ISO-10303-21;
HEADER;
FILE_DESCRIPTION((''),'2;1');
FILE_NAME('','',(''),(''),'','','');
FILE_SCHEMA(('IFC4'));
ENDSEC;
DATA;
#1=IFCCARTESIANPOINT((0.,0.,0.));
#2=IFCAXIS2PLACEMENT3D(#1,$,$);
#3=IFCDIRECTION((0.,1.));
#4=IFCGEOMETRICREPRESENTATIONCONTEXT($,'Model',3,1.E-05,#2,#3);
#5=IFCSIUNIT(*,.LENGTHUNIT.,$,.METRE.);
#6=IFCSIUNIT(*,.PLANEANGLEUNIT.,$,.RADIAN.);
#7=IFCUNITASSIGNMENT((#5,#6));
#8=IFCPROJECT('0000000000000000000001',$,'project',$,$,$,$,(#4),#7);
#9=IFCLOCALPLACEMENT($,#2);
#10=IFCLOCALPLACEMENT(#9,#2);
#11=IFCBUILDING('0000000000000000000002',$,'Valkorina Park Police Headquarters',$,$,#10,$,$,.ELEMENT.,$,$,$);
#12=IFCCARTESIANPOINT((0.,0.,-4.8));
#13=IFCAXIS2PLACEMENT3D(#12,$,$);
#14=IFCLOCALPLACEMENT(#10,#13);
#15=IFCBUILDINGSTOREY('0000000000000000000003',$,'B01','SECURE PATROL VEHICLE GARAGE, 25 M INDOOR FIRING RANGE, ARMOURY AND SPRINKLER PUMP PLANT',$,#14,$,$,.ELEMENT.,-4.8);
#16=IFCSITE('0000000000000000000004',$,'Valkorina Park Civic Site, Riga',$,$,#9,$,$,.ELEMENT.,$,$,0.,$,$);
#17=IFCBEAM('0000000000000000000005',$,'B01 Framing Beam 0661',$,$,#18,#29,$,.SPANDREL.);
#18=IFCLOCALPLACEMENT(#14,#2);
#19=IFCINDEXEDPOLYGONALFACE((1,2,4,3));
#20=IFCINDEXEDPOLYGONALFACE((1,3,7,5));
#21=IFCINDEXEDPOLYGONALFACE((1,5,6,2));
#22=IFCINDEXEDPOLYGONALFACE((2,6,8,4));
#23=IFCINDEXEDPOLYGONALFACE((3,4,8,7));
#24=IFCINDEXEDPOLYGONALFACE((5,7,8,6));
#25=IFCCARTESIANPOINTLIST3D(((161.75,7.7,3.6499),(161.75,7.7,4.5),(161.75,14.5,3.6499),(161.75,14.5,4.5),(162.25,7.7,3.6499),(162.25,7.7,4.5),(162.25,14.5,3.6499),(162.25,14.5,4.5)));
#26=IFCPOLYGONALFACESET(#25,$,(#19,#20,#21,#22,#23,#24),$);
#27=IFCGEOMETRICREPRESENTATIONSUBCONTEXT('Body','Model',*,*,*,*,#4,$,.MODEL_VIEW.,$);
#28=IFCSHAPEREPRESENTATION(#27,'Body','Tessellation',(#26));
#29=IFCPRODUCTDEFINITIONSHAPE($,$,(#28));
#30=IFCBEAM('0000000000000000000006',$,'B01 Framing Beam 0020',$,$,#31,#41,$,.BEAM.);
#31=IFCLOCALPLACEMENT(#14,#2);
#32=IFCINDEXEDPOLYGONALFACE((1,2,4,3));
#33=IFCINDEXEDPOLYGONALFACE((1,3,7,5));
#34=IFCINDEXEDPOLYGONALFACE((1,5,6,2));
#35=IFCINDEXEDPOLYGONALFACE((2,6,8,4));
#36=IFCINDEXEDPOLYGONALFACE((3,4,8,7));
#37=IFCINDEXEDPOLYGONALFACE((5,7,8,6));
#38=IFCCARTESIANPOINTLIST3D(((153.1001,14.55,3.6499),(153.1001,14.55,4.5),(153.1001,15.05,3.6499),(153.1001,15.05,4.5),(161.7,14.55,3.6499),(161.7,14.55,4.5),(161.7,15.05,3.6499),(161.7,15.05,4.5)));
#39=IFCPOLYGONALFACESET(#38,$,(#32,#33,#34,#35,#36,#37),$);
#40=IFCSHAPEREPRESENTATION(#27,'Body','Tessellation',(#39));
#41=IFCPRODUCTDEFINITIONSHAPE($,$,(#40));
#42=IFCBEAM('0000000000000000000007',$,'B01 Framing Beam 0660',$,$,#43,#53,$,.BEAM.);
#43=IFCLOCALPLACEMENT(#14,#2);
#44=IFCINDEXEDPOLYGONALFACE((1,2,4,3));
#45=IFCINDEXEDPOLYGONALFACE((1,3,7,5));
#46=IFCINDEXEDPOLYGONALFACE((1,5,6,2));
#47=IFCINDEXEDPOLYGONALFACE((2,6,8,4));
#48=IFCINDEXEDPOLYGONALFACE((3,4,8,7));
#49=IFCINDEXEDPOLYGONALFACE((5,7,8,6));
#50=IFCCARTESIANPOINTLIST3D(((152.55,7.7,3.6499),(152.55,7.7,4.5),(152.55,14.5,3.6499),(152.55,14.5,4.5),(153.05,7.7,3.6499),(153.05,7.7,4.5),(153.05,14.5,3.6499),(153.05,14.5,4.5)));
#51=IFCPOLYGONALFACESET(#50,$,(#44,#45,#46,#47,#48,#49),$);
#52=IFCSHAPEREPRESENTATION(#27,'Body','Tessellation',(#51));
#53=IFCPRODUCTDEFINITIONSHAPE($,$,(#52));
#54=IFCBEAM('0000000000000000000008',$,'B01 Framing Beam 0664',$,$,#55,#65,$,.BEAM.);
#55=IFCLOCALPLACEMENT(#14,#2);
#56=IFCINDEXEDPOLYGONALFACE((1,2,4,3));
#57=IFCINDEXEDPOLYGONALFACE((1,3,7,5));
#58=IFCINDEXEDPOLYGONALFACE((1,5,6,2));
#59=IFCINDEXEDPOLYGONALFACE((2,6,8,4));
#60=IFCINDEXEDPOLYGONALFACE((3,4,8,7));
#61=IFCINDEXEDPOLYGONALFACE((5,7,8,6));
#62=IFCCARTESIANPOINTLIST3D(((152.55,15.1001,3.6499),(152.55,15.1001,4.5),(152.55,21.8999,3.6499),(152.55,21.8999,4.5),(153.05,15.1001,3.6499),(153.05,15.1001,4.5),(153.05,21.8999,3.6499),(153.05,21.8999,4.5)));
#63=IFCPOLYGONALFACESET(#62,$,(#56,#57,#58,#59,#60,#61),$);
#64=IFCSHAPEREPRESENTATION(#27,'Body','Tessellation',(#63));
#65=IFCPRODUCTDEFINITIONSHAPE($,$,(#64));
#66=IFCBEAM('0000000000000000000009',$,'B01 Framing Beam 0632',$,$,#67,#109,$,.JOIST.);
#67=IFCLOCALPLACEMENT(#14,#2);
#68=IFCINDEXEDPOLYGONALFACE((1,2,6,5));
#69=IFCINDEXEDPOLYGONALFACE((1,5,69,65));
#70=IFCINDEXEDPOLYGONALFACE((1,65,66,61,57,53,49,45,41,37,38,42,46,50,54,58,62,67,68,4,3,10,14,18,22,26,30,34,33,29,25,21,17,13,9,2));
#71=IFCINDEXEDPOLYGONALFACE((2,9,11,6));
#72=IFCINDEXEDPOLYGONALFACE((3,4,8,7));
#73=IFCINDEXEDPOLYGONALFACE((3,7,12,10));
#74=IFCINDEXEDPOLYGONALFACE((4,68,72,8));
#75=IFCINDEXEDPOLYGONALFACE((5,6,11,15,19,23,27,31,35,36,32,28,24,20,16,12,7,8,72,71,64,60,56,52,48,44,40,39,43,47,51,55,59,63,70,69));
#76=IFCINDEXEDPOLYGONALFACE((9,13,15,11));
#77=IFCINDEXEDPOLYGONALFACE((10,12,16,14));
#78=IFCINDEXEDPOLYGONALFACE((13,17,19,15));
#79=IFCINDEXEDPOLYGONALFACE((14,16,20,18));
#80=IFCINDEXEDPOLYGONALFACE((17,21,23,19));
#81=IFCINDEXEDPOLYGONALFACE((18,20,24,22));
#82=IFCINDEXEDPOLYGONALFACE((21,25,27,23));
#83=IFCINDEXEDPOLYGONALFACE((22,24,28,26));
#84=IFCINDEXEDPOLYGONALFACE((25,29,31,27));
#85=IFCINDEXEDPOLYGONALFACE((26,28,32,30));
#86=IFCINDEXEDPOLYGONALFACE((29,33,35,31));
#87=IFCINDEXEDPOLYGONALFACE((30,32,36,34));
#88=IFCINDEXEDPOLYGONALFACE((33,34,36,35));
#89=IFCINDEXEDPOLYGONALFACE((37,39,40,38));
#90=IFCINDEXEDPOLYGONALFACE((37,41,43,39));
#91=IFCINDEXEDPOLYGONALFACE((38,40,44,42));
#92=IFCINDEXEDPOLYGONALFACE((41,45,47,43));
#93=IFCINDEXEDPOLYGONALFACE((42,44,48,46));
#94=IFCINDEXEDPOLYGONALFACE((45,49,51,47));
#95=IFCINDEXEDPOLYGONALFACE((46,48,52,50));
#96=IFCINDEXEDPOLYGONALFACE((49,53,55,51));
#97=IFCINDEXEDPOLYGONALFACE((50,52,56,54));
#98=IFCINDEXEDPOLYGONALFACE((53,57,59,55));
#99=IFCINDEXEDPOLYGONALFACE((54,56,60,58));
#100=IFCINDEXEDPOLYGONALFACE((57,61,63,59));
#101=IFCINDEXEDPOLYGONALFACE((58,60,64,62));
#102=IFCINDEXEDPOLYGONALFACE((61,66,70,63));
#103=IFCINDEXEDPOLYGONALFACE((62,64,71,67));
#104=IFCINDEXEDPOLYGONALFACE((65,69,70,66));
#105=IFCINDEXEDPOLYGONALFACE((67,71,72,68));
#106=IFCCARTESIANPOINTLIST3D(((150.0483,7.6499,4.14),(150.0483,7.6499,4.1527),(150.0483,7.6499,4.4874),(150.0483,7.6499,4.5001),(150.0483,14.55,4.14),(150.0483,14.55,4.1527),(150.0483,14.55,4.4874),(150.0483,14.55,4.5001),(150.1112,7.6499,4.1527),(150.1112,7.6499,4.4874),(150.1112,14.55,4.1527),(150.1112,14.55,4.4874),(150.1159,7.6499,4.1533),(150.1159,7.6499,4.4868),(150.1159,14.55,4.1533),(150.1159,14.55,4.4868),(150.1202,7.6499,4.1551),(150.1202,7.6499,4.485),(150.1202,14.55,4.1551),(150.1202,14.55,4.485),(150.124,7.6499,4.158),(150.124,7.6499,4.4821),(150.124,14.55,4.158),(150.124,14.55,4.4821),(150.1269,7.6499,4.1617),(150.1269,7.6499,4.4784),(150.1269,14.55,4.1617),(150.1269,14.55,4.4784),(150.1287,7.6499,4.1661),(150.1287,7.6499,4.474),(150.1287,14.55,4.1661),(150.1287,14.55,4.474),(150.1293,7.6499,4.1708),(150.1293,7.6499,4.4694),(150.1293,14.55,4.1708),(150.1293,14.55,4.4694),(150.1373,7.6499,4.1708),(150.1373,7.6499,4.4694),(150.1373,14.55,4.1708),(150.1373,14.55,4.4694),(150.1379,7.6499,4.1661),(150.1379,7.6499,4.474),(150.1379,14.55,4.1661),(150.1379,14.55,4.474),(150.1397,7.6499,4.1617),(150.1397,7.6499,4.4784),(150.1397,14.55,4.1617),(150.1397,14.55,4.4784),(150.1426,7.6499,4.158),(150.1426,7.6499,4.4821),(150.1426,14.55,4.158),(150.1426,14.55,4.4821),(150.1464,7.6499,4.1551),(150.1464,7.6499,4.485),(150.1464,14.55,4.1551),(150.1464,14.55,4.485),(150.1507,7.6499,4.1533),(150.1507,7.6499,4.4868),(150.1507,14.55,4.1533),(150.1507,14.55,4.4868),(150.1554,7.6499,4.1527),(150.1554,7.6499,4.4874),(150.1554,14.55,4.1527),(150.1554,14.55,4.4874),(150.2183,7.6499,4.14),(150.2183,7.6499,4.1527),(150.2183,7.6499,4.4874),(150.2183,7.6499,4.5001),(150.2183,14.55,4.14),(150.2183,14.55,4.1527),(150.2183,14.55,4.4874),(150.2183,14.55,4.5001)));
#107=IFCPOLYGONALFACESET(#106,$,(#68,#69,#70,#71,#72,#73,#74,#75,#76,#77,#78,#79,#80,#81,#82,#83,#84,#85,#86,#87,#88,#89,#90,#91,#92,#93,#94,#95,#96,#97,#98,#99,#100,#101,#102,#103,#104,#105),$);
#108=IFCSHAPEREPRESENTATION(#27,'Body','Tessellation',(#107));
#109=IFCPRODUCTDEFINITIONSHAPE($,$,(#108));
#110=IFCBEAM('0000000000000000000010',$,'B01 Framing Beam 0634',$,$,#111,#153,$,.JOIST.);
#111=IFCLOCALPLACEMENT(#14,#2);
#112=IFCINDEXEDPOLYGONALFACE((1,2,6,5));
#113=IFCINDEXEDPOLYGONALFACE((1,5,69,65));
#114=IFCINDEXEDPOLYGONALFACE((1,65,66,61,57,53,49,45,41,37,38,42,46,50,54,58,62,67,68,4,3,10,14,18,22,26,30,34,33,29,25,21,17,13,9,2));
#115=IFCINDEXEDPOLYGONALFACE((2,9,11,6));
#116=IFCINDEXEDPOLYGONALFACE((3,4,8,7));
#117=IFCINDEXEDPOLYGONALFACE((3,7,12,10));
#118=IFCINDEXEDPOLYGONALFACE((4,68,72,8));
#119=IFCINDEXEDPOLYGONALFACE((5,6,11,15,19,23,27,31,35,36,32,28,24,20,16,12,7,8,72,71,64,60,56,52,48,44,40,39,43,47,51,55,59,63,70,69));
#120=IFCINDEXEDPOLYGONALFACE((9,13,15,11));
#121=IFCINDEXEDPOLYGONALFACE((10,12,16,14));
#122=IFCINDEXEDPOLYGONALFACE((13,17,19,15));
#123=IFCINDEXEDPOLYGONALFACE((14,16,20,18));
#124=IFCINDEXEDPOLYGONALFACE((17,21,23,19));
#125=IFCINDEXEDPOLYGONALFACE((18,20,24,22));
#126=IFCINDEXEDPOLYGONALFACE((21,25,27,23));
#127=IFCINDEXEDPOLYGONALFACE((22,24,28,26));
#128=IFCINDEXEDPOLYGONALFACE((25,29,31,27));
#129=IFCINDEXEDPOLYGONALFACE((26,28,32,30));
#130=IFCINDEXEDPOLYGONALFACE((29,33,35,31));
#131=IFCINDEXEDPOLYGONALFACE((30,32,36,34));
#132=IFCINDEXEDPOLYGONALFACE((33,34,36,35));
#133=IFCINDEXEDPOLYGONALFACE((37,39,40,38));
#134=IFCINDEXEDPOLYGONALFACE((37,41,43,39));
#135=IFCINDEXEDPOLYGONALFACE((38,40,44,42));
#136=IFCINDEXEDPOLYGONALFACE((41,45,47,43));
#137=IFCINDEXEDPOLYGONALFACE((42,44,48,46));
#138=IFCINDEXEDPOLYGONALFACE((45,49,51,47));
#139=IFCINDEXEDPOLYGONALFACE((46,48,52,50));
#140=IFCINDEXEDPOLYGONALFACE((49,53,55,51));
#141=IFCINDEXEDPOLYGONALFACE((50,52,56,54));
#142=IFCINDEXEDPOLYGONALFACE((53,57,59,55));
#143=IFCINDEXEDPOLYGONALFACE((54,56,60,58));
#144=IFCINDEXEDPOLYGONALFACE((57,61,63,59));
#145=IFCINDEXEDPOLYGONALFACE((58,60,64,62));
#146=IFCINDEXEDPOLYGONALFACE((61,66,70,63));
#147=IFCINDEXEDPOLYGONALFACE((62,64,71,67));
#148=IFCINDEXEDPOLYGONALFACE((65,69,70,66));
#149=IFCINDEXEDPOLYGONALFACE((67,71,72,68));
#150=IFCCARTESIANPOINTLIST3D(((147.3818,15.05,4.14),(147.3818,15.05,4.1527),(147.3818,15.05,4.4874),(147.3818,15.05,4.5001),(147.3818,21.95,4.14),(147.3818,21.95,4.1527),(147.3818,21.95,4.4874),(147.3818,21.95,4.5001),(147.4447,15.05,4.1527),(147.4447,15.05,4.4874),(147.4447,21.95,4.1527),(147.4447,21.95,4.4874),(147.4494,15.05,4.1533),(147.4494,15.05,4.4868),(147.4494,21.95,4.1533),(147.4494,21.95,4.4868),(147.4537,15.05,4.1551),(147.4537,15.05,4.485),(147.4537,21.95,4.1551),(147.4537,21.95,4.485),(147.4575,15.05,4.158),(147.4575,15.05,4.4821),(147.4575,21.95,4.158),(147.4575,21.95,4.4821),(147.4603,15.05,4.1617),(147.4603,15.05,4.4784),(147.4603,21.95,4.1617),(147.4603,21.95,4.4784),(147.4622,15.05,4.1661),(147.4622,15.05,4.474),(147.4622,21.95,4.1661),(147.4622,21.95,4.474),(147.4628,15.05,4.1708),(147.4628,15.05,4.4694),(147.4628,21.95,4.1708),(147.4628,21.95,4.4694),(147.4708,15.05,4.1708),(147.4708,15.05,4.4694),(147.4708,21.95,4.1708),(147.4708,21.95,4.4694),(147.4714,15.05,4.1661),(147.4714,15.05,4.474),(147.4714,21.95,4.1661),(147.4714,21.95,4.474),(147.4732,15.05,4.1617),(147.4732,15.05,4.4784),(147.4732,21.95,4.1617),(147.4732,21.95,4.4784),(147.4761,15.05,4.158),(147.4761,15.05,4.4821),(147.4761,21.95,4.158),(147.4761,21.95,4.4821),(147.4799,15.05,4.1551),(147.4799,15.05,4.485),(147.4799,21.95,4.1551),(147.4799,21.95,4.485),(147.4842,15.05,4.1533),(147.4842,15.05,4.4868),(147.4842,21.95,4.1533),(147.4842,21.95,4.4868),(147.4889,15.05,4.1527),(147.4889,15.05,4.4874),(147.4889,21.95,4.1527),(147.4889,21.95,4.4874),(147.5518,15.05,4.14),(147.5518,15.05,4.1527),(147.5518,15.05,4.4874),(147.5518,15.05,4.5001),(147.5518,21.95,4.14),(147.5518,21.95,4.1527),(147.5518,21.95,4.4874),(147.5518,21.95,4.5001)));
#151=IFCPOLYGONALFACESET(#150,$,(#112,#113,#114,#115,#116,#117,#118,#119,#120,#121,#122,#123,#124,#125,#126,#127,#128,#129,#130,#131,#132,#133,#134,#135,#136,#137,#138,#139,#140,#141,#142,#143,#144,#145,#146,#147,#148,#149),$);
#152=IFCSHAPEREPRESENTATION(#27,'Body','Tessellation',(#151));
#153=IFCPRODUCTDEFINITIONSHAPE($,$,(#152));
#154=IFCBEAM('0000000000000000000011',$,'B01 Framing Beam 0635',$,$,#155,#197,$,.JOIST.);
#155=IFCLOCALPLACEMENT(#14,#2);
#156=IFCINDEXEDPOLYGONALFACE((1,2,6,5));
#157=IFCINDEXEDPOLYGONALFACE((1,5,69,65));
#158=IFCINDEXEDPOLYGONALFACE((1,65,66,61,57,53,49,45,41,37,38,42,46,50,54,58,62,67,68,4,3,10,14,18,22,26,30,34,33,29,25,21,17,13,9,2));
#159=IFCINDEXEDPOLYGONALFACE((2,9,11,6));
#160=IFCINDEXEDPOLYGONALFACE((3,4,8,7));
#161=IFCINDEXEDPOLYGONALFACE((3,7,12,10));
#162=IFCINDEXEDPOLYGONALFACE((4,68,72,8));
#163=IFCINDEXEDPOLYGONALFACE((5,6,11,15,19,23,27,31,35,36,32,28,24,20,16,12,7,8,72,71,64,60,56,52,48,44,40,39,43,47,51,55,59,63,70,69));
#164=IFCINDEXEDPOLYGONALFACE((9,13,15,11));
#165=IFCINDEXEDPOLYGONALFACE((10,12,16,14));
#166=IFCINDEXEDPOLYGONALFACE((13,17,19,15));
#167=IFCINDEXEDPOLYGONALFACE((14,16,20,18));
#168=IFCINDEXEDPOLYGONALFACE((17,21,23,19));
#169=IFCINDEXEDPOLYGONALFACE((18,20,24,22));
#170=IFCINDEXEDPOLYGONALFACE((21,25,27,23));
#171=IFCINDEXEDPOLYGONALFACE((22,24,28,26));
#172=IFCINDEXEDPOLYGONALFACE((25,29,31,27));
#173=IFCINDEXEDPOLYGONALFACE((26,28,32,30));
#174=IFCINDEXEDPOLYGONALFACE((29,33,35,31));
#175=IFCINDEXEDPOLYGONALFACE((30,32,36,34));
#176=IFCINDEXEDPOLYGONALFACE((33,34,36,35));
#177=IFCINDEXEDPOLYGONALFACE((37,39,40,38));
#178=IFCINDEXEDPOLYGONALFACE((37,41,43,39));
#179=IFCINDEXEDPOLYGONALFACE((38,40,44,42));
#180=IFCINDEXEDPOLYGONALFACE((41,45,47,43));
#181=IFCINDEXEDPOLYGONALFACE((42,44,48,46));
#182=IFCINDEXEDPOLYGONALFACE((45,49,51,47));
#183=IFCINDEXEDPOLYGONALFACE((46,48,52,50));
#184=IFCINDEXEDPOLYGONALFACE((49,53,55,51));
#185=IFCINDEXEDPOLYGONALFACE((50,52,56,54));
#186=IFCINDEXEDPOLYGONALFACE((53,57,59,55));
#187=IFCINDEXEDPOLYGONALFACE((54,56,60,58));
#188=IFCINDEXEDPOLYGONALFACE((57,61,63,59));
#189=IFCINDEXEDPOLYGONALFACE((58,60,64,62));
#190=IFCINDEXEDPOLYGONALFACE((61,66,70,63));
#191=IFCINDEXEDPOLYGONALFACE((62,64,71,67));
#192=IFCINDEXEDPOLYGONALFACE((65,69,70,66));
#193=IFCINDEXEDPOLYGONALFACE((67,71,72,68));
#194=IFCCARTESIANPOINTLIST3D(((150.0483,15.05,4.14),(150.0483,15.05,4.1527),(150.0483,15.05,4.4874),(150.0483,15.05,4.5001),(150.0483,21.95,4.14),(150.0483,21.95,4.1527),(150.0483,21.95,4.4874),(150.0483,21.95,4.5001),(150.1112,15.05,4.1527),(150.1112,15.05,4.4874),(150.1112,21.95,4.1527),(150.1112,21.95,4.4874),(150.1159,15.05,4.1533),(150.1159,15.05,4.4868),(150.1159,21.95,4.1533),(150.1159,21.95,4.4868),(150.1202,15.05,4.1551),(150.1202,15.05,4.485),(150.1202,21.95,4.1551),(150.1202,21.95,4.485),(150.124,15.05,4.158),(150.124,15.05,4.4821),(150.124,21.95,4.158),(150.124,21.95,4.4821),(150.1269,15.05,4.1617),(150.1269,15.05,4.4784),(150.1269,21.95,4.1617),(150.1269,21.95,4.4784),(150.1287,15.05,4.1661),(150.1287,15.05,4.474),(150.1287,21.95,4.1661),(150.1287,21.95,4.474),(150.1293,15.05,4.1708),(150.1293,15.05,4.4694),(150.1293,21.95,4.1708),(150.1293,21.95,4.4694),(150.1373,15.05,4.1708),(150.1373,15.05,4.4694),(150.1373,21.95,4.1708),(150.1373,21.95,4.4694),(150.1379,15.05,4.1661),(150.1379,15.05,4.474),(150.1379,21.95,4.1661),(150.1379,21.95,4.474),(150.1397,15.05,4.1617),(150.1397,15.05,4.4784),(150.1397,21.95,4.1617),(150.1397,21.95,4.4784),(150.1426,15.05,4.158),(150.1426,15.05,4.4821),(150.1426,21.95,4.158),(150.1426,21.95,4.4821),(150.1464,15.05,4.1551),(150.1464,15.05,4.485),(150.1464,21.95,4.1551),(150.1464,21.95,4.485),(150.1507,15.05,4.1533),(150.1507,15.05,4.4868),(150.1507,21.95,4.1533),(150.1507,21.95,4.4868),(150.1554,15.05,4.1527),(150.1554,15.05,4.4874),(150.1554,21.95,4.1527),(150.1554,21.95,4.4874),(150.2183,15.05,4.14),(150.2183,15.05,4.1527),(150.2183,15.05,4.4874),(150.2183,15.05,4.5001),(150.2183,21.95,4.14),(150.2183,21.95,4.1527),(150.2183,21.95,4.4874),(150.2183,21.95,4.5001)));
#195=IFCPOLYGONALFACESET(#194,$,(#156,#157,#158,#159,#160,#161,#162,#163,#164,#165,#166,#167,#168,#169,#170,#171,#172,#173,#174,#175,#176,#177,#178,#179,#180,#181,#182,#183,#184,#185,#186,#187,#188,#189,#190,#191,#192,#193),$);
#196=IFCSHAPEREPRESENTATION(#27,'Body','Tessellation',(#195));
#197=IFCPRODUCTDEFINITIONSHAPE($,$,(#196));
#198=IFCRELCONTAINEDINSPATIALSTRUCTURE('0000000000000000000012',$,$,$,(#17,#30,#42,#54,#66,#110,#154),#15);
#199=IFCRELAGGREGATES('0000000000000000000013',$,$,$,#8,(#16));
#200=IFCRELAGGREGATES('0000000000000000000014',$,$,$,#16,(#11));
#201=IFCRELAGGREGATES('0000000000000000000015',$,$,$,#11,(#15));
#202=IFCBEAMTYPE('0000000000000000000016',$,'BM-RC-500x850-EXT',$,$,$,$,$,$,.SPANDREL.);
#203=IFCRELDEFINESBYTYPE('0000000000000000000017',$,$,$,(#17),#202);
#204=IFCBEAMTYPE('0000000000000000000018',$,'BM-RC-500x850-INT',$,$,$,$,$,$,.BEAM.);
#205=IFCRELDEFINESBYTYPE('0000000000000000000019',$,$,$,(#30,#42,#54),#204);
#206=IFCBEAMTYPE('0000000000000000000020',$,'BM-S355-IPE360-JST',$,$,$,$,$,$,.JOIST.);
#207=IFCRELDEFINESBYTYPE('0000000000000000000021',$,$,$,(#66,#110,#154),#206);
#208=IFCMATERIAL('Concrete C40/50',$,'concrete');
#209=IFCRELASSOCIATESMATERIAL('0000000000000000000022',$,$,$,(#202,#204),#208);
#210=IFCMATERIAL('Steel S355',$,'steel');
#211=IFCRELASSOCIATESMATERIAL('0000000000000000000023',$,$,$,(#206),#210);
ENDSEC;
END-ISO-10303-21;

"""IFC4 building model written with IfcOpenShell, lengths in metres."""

from ifc_helpers import new_model, si_unit, direction, frame, origin, origin_2d, place, context, subcontext, project, spatial, rectangle, i_section, extrude, material, material_profile, profile_set, type_object, element, save


model = new_model("IFC4")

# Units and contexts
model_context = context("Model", 3, precision=1e-05, world=origin(), true_north=direction((0.0, 1.0)))
body_context = subcontext(model_context, "Body", "Model", "MODEL_VIEW")
ifc_project = project(units=[si_unit("LENGTHUNIT", "METRE"), si_unit("PLANEANGLEUNIT", "RADIAN")], contexts=[model_context])

# Site, building, storey
site_placement = place(None, origin())
site = spatial("IfcSite", under=ifc_project, at=site_placement, Name="Valkorina Park Civic Site, Riga", CompositionType="ELEMENT", RefElevation=0.0)
building_placement = place(site_placement, origin())
building = spatial("IfcBuilding", under=site, at=building_placement, Name="Valkorina Park Police Headquarters", CompositionType="ELEMENT")
storey_placement = place(building_placement, frame((0.0, 0.0, -4.8)))
storey = spatial("IfcBuildingStorey", under=building, at=storey_placement, Name="B01", Description="SECURE PATROL VEHICLE GARAGE, 25 M INDOOR FIRING RANGE, ARMOURY AND SPRINKLER PUMP PLANT", CompositionType="ELEMENT", Elevation=-4.8)

# Shared definitions
ifc_material_1 = material(Name="Concrete C40/50", Category="concrete")

# Beams
ifc_material_profile_1 = material_profile(ifc_material_1, rectangle(XDim=0.5, YDim=0.8501, at=origin_2d()), Name="RC BEAM 500x850")
ifc_profile_set_1 = profile_set([ifc_material_profile_1], Name="Concrete C40/50")
beam_type_1 = type_object("IfcBeamType", Name="BM-RC-500x850-EXT", PredefinedType="SPANDREL", material=ifc_profile_set_1)
beam_1_placement = place(storey_placement, frame((162.0, 7.7, 4.075), z_axis=(0.0, 1.0, 0.0), x_axis=(-1.0, 0.0, 0.0)))
element("IfcBeam", 1, at=beam_1_placement, inside=storey, type_object=beam_type_1, Name="B01 Framing Beam 0661", PredefinedType="SPANDREL", context=body_context, shape_type="SweptSolid", body=[
    extrude(rectangle(XDim=0.5, YDim=0.8501, at=origin_2d()), origin(), (0.0, 0.0, 1.0), 6.8),
])
ifc_material_profile_2 = material_profile(ifc_material_1, rectangle(XDim=0.5, YDim=0.8501, at=origin_2d()), Name="RC BEAM 500x850")
ifc_profile_set_2 = profile_set([ifc_material_profile_2], Name="Concrete C40/50")
beam_type_2 = type_object("IfcBeamType", Name="BM-RC-500x850-INT", PredefinedType="BEAM", material=ifc_profile_set_2)
beam_2_placement = place(storey_placement, frame((153.1001, 14.8, 4.075), z_axis=(1.0, 0.0, 0.0), x_axis=(0.0, 1.0, 0.0)))
element("IfcBeam", 2, at=beam_2_placement, inside=storey, type_object=beam_type_2, Name="B01 Framing Beam 0020", PredefinedType="BEAM", context=body_context, shape_type="SweptSolid", body=[
    extrude(rectangle(XDim=0.5, YDim=0.8501, at=origin_2d()), origin(), (0.0, 0.0, 1.0), 8.5999),
])
beam_3_placement = place(storey_placement, frame((152.8, 7.7, 4.075), z_axis=(0.0, 1.0, 0.0), x_axis=(-1.0, 0.0, 0.0)))
element("IfcBeam", 3, at=beam_3_placement, inside=storey, type_object=beam_type_2, Name="B01 Framing Beam 0660", PredefinedType="BEAM", context=body_context, shape_type="SweptSolid", body=[
    extrude(rectangle(XDim=0.5, YDim=0.8501, at=origin_2d()), origin(), (0.0, 0.0, 1.0), 6.8),
])
beam_4_placement = place(storey_placement, frame((152.8, 15.1001, 4.075), z_axis=(0.0, 1.0, 0.0), x_axis=(-1.0, 0.0, 0.0)))
element("IfcBeam", 4, at=beam_4_placement, inside=storey, type_object=beam_type_2, Name="B01 Framing Beam 0664", PredefinedType="BEAM", context=body_context, shape_type="SweptSolid", body=[
    extrude(rectangle(XDim=0.5, YDim=0.8501, at=origin_2d()), origin(), (0.0, 0.0, 1.0), 6.7998),
])
ifc_material_2 = material(Name="Steel S355", Category="steel")
ifc_material_profile_3 = material_profile(ifc_material_2, i_section(OverallWidth=0.1699, OverallDepth=0.3601, WebThickness=0.0081, FlangeThickness=0.0127, FilletRadius=0.0181, at=origin_2d()), Name="IPE 360")
ifc_profile_set_3 = profile_set([ifc_material_profile_3], Name="Steel S355")
beam_type_3 = type_object("IfcBeamType", Name="BM-S355-IPE360-JST", PredefinedType="JOIST", material=ifc_profile_set_3)
beam_5_placement = place(storey_placement, frame((150.1333, 7.6499, 4.3201), z_axis=(0.0, 1.0, 0.0), x_axis=(-1.0, 0.0, 0.0)))
element("IfcBeam", 5, at=beam_5_placement, inside=storey, type_object=beam_type_3, Name="B01 Framing Beam 0632", PredefinedType="JOIST", context=body_context, shape_type="SweptSolid", body=[
    extrude(i_section(OverallWidth=0.1699, OverallDepth=0.3601, WebThickness=0.0081, FlangeThickness=0.0127, FilletRadius=0.0181, at=origin_2d()), origin(), (0.0, 0.0, 1.0), 6.9001),
])
for number, where, z_axis, x_axis, name in (
    (6, (147.4668, 15.05, 4.3201), (0.0, 1.0, 0.0), (-1.0, 0.0, 0.0), "B01 Framing Beam 0634"),
    (7, (150.1333, 15.05, 4.3201), (0.0, 1.0, 0.0), (-1.0, 0.0, 0.0), "B01 Framing Beam 0635"),
):
    element("IfcBeam", number, at=place(storey_placement, frame(where, z_axis=z_axis, x_axis=x_axis)), inside=storey, type_object=beam_type_3, Name=name, PredefinedType="JOIST", context=body_context, shape_type="SweptSolid", body=[
        extrude(i_section(OverallWidth=0.1699, OverallDepth=0.3601, WebThickness=0.0081, FlangeThickness=0.0127, FilletRadius=0.0181, at=origin_2d()), origin(), (0.0, 0.0, 1.0), 6.8999),
    ])

save(model, "model.ifc")
